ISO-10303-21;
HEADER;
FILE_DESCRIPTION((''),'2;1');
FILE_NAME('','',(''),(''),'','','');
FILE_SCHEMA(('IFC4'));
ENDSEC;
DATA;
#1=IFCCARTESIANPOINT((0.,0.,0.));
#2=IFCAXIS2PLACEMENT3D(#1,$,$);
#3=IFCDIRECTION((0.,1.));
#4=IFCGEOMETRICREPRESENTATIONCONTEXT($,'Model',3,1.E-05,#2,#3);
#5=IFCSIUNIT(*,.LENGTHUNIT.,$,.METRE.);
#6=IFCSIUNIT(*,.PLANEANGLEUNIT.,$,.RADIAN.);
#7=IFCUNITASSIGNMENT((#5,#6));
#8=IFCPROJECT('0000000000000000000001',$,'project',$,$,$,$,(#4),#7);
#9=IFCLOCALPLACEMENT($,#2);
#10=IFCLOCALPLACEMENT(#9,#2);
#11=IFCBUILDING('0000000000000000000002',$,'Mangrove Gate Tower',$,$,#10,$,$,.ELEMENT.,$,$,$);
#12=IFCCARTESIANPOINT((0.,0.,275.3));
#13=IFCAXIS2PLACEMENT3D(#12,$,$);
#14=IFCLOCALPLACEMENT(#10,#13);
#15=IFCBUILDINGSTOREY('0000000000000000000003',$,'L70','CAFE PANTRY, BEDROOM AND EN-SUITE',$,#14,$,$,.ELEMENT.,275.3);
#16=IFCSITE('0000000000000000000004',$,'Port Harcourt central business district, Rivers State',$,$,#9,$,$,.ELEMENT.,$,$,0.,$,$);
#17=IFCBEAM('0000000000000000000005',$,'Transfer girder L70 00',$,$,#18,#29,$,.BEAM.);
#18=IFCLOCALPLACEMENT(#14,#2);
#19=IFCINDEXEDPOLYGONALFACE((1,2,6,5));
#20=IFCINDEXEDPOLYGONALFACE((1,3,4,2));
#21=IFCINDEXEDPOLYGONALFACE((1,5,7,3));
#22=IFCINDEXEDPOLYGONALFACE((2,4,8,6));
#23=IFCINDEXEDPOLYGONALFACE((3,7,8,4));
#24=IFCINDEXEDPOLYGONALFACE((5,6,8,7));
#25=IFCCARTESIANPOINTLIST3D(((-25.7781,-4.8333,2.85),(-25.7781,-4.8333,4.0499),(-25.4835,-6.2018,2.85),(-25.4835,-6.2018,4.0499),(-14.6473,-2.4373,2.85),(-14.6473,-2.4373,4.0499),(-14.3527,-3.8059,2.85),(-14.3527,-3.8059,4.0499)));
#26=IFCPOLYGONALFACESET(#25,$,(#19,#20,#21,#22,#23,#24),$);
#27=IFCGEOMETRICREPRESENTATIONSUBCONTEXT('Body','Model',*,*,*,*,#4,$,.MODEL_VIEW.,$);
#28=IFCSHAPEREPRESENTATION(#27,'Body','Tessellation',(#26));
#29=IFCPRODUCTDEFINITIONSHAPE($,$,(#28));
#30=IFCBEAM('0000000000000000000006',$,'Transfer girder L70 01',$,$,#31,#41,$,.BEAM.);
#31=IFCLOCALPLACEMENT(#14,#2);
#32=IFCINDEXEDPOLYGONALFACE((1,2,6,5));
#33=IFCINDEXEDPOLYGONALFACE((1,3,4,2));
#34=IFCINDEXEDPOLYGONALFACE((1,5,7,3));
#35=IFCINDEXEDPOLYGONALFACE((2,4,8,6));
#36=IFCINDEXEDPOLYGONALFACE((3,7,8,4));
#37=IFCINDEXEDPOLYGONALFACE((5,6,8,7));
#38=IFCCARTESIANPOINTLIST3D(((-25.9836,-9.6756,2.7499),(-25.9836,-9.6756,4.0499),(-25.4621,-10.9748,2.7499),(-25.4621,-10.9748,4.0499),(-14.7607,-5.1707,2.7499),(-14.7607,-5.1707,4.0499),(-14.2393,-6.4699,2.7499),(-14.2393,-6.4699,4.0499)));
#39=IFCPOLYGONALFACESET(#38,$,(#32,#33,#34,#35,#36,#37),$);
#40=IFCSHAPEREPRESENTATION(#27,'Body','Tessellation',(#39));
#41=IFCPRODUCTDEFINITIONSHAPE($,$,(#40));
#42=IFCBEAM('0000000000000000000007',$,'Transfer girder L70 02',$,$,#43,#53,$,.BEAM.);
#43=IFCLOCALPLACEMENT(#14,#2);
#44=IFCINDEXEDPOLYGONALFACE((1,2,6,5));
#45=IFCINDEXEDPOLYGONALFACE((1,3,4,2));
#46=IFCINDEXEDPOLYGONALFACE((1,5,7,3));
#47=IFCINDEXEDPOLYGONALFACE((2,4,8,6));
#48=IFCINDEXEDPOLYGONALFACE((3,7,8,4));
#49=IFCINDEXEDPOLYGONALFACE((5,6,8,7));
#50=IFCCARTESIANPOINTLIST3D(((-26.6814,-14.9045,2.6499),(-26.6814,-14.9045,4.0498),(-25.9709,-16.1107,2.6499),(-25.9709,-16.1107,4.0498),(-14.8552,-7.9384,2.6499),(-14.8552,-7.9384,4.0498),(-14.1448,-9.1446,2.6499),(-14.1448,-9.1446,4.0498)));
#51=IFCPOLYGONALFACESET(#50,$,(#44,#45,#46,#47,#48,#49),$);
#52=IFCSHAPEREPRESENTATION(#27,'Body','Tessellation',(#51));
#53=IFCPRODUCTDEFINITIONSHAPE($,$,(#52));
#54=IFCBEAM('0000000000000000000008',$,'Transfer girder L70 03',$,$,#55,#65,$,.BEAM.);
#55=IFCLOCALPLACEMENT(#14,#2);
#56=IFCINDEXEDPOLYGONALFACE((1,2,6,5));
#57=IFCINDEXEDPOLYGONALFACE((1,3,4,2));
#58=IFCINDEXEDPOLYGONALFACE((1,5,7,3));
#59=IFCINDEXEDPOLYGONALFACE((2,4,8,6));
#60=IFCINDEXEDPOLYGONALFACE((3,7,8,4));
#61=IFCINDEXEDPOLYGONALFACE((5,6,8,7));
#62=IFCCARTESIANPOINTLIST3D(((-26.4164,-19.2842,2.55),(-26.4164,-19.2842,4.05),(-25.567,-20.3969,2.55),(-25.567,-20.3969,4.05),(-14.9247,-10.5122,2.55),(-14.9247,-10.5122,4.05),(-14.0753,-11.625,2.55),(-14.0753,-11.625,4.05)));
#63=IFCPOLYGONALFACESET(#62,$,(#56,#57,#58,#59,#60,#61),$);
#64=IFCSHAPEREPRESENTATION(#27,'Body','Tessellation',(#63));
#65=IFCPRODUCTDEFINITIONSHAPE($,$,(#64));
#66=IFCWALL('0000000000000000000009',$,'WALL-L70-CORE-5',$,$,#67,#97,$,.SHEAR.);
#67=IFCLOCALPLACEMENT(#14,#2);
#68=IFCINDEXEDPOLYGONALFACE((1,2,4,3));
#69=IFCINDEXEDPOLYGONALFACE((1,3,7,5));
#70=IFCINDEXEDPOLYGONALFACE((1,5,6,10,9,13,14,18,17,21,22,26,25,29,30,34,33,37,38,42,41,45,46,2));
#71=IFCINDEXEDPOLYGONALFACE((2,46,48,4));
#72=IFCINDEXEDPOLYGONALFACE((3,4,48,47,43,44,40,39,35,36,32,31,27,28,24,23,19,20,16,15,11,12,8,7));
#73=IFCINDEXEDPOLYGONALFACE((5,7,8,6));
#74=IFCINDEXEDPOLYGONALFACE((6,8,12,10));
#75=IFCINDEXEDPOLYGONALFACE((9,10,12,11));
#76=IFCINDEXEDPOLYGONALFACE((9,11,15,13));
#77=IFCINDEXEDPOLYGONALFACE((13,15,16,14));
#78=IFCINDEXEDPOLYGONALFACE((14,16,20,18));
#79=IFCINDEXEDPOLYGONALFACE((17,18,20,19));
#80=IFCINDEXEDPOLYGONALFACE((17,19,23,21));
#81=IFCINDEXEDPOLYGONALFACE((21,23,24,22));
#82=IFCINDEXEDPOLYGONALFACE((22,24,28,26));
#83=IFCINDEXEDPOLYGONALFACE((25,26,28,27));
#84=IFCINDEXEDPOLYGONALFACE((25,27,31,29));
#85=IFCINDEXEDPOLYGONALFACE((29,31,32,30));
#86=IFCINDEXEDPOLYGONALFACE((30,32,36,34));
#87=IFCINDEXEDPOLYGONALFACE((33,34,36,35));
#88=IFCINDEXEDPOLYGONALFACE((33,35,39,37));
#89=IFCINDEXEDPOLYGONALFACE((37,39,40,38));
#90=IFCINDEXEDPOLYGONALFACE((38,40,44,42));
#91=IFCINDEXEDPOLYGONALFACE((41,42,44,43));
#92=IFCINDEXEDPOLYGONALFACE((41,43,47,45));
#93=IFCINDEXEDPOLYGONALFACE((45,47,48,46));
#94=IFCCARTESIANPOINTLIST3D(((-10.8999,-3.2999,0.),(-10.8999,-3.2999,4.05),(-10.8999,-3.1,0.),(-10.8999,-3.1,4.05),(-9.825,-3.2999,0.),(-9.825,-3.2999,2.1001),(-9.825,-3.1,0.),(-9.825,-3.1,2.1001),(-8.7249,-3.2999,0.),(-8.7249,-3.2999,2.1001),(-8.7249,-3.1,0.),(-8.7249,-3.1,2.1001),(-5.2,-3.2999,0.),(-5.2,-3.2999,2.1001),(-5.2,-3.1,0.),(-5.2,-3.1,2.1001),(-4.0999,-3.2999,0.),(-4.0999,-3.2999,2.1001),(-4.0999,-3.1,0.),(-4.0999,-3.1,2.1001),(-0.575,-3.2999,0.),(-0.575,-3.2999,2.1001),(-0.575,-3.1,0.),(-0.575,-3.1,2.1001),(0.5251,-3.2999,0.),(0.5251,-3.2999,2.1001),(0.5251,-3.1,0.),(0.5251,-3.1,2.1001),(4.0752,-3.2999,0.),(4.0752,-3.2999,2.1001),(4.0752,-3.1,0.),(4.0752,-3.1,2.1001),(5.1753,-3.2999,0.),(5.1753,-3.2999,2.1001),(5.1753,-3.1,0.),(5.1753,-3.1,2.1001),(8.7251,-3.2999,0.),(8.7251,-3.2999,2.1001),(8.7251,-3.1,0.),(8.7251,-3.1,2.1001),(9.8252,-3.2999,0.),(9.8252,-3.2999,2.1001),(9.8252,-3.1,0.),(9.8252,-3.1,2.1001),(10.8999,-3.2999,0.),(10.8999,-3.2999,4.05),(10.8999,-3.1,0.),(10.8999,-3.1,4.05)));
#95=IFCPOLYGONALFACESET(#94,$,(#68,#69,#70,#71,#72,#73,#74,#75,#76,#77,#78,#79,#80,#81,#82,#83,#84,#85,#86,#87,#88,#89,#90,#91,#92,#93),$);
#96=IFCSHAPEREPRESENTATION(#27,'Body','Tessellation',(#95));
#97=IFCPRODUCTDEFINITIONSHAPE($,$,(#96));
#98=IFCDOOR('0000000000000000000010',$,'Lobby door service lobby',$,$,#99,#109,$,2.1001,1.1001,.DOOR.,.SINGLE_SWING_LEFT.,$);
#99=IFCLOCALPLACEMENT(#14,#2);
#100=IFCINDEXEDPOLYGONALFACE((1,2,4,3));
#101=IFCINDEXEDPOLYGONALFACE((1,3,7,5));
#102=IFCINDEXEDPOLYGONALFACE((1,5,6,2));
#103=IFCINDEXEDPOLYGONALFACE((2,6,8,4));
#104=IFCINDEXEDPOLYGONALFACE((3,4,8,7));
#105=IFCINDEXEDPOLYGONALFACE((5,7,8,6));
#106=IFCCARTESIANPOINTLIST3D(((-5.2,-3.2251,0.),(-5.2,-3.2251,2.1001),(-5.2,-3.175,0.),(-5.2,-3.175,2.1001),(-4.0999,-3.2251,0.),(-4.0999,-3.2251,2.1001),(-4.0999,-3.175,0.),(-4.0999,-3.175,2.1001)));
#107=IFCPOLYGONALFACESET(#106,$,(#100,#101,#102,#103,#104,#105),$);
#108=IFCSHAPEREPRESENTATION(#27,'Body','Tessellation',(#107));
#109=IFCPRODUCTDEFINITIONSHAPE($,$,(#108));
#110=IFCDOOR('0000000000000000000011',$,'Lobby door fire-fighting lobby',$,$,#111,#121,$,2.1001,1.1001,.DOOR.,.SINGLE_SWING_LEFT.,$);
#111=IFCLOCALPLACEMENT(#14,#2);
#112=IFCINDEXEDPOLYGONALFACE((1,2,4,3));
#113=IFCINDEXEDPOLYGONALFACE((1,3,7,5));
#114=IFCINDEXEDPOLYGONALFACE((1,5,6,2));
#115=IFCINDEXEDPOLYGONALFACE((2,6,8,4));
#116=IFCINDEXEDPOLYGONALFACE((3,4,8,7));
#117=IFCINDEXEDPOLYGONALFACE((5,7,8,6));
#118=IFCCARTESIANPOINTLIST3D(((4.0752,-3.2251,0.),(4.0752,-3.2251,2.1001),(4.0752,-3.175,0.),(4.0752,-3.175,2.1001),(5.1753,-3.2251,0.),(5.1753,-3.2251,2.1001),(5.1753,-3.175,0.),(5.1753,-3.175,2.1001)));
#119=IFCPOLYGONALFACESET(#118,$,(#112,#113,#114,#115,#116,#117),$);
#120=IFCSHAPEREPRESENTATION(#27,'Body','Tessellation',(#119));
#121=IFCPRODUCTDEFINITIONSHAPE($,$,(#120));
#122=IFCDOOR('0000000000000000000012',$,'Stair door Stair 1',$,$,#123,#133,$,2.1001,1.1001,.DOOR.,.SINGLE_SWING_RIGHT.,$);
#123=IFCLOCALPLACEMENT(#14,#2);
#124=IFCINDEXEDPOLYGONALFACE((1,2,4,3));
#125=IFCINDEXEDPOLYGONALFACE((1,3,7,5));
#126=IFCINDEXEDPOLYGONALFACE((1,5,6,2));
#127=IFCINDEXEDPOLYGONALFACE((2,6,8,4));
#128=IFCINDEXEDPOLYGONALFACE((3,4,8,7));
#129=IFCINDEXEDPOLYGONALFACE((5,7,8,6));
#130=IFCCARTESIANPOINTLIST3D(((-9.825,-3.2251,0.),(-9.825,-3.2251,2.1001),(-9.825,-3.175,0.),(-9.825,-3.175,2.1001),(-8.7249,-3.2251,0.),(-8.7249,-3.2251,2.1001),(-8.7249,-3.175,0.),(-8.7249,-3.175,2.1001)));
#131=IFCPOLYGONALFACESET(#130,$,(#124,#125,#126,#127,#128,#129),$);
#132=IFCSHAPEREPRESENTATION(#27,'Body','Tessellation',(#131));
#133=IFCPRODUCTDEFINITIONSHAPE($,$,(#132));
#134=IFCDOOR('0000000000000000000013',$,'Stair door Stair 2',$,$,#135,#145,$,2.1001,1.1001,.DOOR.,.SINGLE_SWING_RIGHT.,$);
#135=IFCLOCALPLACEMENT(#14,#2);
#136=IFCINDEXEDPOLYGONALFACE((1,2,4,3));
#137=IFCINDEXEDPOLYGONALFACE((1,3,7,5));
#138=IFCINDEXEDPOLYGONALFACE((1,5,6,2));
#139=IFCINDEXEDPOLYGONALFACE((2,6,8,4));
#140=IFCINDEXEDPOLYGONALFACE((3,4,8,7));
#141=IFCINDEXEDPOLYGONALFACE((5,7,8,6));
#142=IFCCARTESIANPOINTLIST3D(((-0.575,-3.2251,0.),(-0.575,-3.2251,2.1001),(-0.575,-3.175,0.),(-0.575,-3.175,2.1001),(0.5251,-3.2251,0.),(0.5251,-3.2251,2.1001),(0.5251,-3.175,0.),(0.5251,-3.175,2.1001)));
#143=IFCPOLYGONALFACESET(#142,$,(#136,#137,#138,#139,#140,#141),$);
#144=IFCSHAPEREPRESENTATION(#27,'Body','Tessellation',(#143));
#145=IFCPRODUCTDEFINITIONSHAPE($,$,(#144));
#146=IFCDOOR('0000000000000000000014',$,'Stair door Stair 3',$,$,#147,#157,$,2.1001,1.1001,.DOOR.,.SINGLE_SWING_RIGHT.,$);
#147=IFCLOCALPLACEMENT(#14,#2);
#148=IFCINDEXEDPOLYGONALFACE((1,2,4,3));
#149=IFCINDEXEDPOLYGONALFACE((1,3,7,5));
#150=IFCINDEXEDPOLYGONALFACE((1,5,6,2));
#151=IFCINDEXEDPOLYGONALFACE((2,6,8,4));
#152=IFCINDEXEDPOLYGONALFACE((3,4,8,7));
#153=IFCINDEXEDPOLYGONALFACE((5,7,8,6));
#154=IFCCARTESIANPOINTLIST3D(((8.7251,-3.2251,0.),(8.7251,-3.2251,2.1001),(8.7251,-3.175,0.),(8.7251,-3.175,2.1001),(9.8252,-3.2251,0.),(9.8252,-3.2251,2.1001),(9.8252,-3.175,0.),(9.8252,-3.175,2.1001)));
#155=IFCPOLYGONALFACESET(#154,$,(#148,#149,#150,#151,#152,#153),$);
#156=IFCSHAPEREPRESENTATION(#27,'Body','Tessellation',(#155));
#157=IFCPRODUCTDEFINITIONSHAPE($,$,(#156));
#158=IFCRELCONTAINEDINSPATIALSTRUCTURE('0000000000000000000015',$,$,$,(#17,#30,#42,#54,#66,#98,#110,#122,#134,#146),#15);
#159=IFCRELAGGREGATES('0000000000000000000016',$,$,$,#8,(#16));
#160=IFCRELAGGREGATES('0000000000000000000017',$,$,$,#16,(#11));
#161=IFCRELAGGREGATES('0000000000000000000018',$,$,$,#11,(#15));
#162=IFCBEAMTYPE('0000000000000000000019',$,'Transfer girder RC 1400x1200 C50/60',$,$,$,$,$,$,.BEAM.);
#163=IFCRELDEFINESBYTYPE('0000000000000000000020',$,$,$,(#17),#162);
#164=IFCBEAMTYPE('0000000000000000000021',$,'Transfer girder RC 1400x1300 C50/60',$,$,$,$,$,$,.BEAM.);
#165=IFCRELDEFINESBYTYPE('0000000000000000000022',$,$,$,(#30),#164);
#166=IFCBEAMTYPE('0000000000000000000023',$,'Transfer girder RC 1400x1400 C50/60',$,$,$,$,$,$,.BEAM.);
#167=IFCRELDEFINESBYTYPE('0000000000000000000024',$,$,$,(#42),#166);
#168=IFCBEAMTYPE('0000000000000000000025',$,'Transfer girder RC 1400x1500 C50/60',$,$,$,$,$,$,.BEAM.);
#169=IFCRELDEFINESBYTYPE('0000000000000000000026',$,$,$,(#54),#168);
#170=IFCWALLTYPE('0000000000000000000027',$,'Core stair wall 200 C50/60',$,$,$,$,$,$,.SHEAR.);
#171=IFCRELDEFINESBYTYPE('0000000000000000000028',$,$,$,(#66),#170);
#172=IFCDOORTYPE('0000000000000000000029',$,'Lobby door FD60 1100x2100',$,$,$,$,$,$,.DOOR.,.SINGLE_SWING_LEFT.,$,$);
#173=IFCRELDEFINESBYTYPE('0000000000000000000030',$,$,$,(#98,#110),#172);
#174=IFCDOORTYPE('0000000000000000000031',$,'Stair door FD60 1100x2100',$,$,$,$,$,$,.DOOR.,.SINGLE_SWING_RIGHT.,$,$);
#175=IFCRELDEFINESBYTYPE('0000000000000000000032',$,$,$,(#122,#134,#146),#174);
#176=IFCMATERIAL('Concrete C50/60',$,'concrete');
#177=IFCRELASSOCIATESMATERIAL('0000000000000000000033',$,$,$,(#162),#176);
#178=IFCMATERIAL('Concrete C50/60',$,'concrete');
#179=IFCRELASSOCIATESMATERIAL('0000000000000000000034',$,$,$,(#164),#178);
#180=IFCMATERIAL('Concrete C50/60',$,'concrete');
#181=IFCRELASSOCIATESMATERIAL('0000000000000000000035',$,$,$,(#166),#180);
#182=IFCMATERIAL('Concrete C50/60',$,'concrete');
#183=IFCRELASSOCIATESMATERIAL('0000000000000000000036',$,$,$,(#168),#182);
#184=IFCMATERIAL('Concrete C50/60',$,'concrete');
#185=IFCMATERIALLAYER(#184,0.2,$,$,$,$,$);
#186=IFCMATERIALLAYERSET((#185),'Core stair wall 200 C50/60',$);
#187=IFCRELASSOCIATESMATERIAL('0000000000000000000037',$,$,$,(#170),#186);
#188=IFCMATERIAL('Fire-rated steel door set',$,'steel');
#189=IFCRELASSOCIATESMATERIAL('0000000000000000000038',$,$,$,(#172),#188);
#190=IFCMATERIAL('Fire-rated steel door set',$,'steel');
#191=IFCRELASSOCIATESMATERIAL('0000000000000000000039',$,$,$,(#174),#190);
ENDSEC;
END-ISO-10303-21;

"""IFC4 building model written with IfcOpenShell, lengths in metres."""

from ifc_helpers import new_model, si_unit, direction, frame, frame_2d, origin, origin_2d, place, context, subcontext, project, spatial, rectangle, extrude, material, layer, layer_set, material_profile, profile_set, type_object, element, fill, save


model = new_model("IFC4")

# Units and contexts
model_context = context("Model", 3, precision=1e-05, world=origin(), true_north=direction((0.0, 1.0)))
body_context = subcontext(model_context, "Body", "Model", "MODEL_VIEW")
ifc_project = project(units=[si_unit("LENGTHUNIT", "METRE"), si_unit("PLANEANGLEUNIT", "RADIAN")], contexts=[model_context])

# Site, building, storey
site_placement = place(None, origin())
site = spatial("IfcSite", under=ifc_project, at=site_placement, Name="Port Harcourt central business district, Rivers State", CompositionType="ELEMENT", RefElevation=0.0)
building_placement = place(site_placement, origin())
building = spatial("IfcBuilding", under=site, at=building_placement, Name="Mangrove Gate Tower", CompositionType="ELEMENT")
storey_placement = place(building_placement, frame((0.0, 0.0, 275.3)))
storey = spatial("IfcBuildingStorey", under=building, at=storey_placement, Name="L70", Description="CAFE PANTRY, BEDROOM AND EN-SUITE", CompositionType="ELEMENT", Elevation=275.3)

# Beams
ifc_material_1 = material(Name="Concrete C50/60", Category="concrete")
ifc_material_profile_1 = material_profile(ifc_material_1, rectangle(XDim=1.3999, YDim=1.2, at=origin_2d()))
ifc_profile_set_1 = profile_set([ifc_material_profile_1], Name="Concrete C50/60")
beam_type_1 = type_object("IfcBeamType", Name="Transfer girder RC 1400x1200 C50/60", PredefinedType="BEAM", material=ifc_profile_set_1)
beam_1_placement = place(storey_placement, frame((-14.5, -3.1216, 3.45), z_axis=(-0.977607, -0.210437, 0.0), x_axis=(0.210437, -0.977607, 0.0)))
element("IfcBeam", 1, at=beam_1_placement, inside=storey, type_object=beam_type_1, Name="Transfer girder L70 00", PredefinedType="BEAM", context=body_context, shape_type="SweptSolid", body=[
    extrude(rectangle(XDim=1.3999, YDim=1.2, at=origin_2d()), origin(), (0.0, 0.0, 1.0), 11.3857),
])
ifc_material_2 = material(Name="Concrete C50/60", Category="concrete")
ifc_material_profile_2 = material_profile(ifc_material_2, rectangle(XDim=1.3999, YDim=1.3, at=origin_2d()))
ifc_profile_set_2 = profile_set([ifc_material_profile_2], Name="Concrete C50/60")
beam_type_2 = type_object("IfcBeamType", Name="Transfer girder RC 1400x1300 C50/60", PredefinedType="BEAM", material=ifc_profile_set_2)
beam_2_placement = place(storey_placement, frame((-14.5, -5.8203, 3.3999), z_axis=(-0.928028, -0.372511, 0.0), x_axis=(0.372511, -0.928028, 0.0)))
element("IfcBeam", 2, at=beam_2_placement, inside=storey, type_object=beam_type_2, Name="Transfer girder L70 01", PredefinedType="BEAM", context=body_context, shape_type="SweptSolid", body=[
    extrude(rectangle(XDim=1.3999, YDim=1.3, at=origin_2d()), origin(), (0.0, 0.0, 1.0), 12.0933),
])
ifc_material_3 = material(Name="Concrete C50/60", Category="concrete")
ifc_material_profile_3 = material_profile(ifc_material_3, rectangle(XDim=1.3999, YDim=1.3999, at=origin_2d()))
ifc_profile_set_3 = profile_set([ifc_material_profile_3], Name="Concrete C50/60")
beam_type_3 = type_object("IfcBeamType", Name="Transfer girder RC 1400x1400 C50/60", PredefinedType="BEAM", material=ifc_profile_set_3)
beam_3_placement = place(storey_placement, frame((-14.5, -8.5415, 3.3499), z_axis=(-0.861632, -0.507534, 0.0), x_axis=(0.507534, -0.861632, 0.0)))
element("IfcBeam", 3, at=beam_3_placement, inside=storey, type_object=beam_type_3, Name="Transfer girder L70 02", PredefinedType="BEAM", context=body_context, shape_type="SweptSolid", body=[
    extrude(rectangle(XDim=1.3999, YDim=1.3999, at=origin_2d()), origin(), (0.0, 0.0, 1.0), 13.7253),
])
ifc_material_4 = material(Name="Concrete C50/60", Category="concrete")
ifc_material_profile_4 = material_profile(ifc_material_4, rectangle(XDim=1.3999, YDim=1.5, at=origin_2d()))
ifc_profile_set_4 = profile_set([ifc_material_profile_4], Name="Concrete C50/60")
beam_type_4 = type_object("IfcBeamType", Name="Transfer girder RC 1400x1500 C50/60", PredefinedType="BEAM", material=ifc_profile_set_4)
beam_4_placement = place(storey_placement, frame((-14.5, -11.0686, 3.3), z_axis=(-0.794885, -0.60676, 0.0), x_axis=(0.60676, -0.794885, 0.0)))
element("IfcBeam", 4, at=beam_4_placement, inside=storey, type_object=beam_type_4, Name="Transfer girder L70 03", PredefinedType="BEAM", context=body_context, shape_type="SweptSolid", body=[
    extrude(rectangle(XDim=1.3999, YDim=1.5, at=origin_2d()), origin(), (0.0, 0.0, 1.0), 14.457),
])

# Wall, openings, doors
ifc_material_5 = material(Name="Concrete C50/60", Category="concrete")
ifc_layer_1 = layer(ifc_material_5, 0.2)
ifc_layer_set_1 = layer_set([ifc_layer_1], Name="Core stair wall 200 C50/60")
wall_type_1 = type_object("IfcWallType", Name="Core stair wall 200 C50/60", PredefinedType="SHEAR", material=ifc_layer_set_1)
wall_1_placement = place(storey_placement, frame((-10.8999, -3.2, 0.0), z_axis=(0.0, 0.0, 1.0), x_axis=(1.0, 0.0, 0.0)))
wall_1 = element("IfcWall", 5, at=wall_1_placement, inside=storey, type_object=wall_type_1, Name="WALL-L70-CORE-5", PredefinedType="SHEAR", context=body_context, shape_type="SweptSolid", body=[
    extrude(rectangle(XDim=21.7998, YDim=0.2, at=frame_2d((10.8999, 0.0))), origin(), (0.0, 0.0, 1.0), 4.05),
])
opening_1_placement = place(wall_1_placement, frame((1.075, 0.0, 0.0)))
opening_1 = element("IfcOpeningElement", 6, at=opening_1_placement, cuts=wall_1, PredefinedType="OPENING", context=body_context, shape_type="SweptSolid", body=[
    extrude(rectangle(XDim=1.1001, YDim=2.1001, at=frame_2d((0.55, 1.05))), frame((0.0, 0.1099, 0.0), z_axis=(0.0, -1.0, 0.0), x_axis=(1.0, 0.0, 0.0)), (0.0, 0.0, 1.0), 0.22),
])
opening_2_placement = place(wall_1_placement, frame((10.325, 0.0, 0.0)))
opening_2 = element("IfcOpeningElement", 7, at=opening_2_placement, cuts=wall_1, PredefinedType="OPENING", context=body_context, shape_type="SweptSolid", body=[
    extrude(rectangle(XDim=1.1001, YDim=2.1001, at=frame_2d((0.55, 1.05))), frame((0.0, 0.1099, 0.0), z_axis=(0.0, -1.0, 0.0), x_axis=(1.0, 0.0, 0.0)), (0.0, 0.0, 1.0), 0.22),
])
opening_3_placement = place(wall_1_placement, frame((19.625, 0.0, 0.0)))
opening_3 = element("IfcOpeningElement", 8, at=opening_3_placement, cuts=wall_1, PredefinedType="OPENING", context=body_context, shape_type="SweptSolid", body=[
    extrude(rectangle(XDim=1.1001, YDim=2.1001, at=frame_2d((0.55, 1.05))), frame((0.0, 0.1099, 0.0), z_axis=(0.0, -1.0, 0.0), x_axis=(1.0, 0.0, 0.0)), (0.0, 0.0, 1.0), 0.22),
])
opening_4_placement = place(wall_1_placement, frame((5.7, 0.0, 0.0)))
opening_4 = element("IfcOpeningElement", 9, at=opening_4_placement, cuts=wall_1, PredefinedType="OPENING", context=body_context, shape_type="SweptSolid", body=[
    extrude(rectangle(XDim=1.1001, YDim=2.1001, at=frame_2d((0.55, 1.05))), frame((0.0, 0.1099, 0.0), z_axis=(0.0, -1.0, 0.0), x_axis=(1.0, 0.0, 0.0)), (0.0, 0.0, 1.0), 0.22),
])
opening_5_placement = place(wall_1_placement, frame((14.9751, 0.0, 0.0)))
opening_5 = element("IfcOpeningElement", 10, at=opening_5_placement, cuts=wall_1, PredefinedType="OPENING", context=body_context, shape_type="SweptSolid", body=[
    extrude(rectangle(XDim=1.1001, YDim=2.1001, at=frame_2d((0.55, 1.05))), frame((0.0, 0.1099, 0.0), z_axis=(0.0, -1.0, 0.0), x_axis=(1.0, 0.0, 0.0)), (0.0, 0.0, 1.0), 0.22),
])
ifc_material_6 = material(Name="Fire-rated steel door set", Category="steel")
door_type_1 = type_object("IfcDoorType", Name="Lobby door FD60 1100x2100", OperationType="SINGLE_SWING_LEFT", PredefinedType="DOOR", material=ifc_material_6)
door_1_placement = place(opening_4_placement, origin())
door_1 = element("IfcDoor", 11, at=door_1_placement, inside=storey, type_object=door_type_1, Name="Lobby door service lobby", OperationType="SINGLE_SWING_LEFT", OverallHeight=2.1001, OverallWidth=1.1001, PredefinedType="DOOR", context=body_context, shape_type="SweptSolid", body=[
    extrude(rectangle(XDim=1.1001, YDim=2.1001, at=frame_2d((0.55, 1.05))), frame((0.0, 0.0249, 0.0), z_axis=(0.0, -1.0, 0.0), x_axis=(1.0, 0.0, 0.0)), (0.0, 0.0, 1.0), 0.05),
])
fill(opening_4, door_1)
door_2_placement = place(opening_5_placement, origin())
door_2 = element("IfcDoor", 12, at=door_2_placement, inside=storey, type_object=door_type_1, Name="Lobby door fire-fighting lobby", OperationType="SINGLE_SWING_LEFT", OverallHeight=2.1001, OverallWidth=1.1001, PredefinedType="DOOR", context=body_context, shape_type="SweptSolid", body=[
    extrude(rectangle(XDim=1.1001, YDim=2.1001, at=frame_2d((0.55, 1.05))), frame((0.0, 0.0249, 0.0), z_axis=(0.0, -1.0, 0.0), x_axis=(1.0, 0.0, 0.0)), (0.0, 0.0, 1.0), 0.05),
])
fill(opening_5, door_2)
ifc_material_7 = material(Name="Fire-rated steel door set", Category="steel")
door_type_2 = type_object("IfcDoorType", Name="Stair door FD60 1100x2100", OperationType="SINGLE_SWING_RIGHT", PredefinedType="DOOR", material=ifc_material_7)
door_3_placement = place(opening_1_placement, origin())
door_3 = element("IfcDoor", 13, at=door_3_placement, inside=storey, type_object=door_type_2, Name="Stair door Stair 1", OperationType="SINGLE_SWING_RIGHT", OverallHeight=2.1001, OverallWidth=1.1001, PredefinedType="DOOR", context=body_context, shape_type="SweptSolid", body=[
    extrude(rectangle(XDim=1.1001, YDim=2.1001, at=frame_2d((0.55, 1.05))), frame((0.0, 0.0249, 0.0), z_axis=(0.0, -1.0, 0.0), x_axis=(1.0, 0.0, 0.0)), (0.0, 0.0, 1.0), 0.05),
])
fill(opening_1, door_3)
door_4_placement = place(opening_2_placement, origin())
door_4 = element("IfcDoor", 14, at=door_4_placement, inside=storey, type_object=door_type_2, Name="Stair door Stair 2", OperationType="SINGLE_SWING_RIGHT", OverallHeight=2.1001, OverallWidth=1.1001, PredefinedType="DOOR", context=body_context, shape_type="SweptSolid", body=[
    extrude(rectangle(XDim=1.1001, YDim=2.1001, at=frame_2d((0.55, 1.05))), frame((0.0, 0.0249, 0.0), z_axis=(0.0, -1.0, 0.0), x_axis=(1.0, 0.0, 0.0)), (0.0, 0.0, 1.0), 0.05),
])
fill(opening_2, door_4)
door_5_placement = place(opening_3_placement, origin())
door_5 = element("IfcDoor", 15, at=door_5_placement, inside=storey, type_object=door_type_2, Name="Stair door Stair 3", OperationType="SINGLE_SWING_RIGHT", OverallHeight=2.1001, OverallWidth=1.1001, PredefinedType="DOOR", context=body_context, shape_type="SweptSolid", body=[
    extrude(rectangle(XDim=1.1001, YDim=2.1001, at=frame_2d((0.55, 1.05))), frame((0.0, 0.0249, 0.0), z_axis=(0.0, -1.0, 0.0), x_axis=(1.0, 0.0, 0.0)), (0.0, 0.0, 1.0), 0.05),
])
fill(opening_3, door_5)

save(model, "model.ifc")
